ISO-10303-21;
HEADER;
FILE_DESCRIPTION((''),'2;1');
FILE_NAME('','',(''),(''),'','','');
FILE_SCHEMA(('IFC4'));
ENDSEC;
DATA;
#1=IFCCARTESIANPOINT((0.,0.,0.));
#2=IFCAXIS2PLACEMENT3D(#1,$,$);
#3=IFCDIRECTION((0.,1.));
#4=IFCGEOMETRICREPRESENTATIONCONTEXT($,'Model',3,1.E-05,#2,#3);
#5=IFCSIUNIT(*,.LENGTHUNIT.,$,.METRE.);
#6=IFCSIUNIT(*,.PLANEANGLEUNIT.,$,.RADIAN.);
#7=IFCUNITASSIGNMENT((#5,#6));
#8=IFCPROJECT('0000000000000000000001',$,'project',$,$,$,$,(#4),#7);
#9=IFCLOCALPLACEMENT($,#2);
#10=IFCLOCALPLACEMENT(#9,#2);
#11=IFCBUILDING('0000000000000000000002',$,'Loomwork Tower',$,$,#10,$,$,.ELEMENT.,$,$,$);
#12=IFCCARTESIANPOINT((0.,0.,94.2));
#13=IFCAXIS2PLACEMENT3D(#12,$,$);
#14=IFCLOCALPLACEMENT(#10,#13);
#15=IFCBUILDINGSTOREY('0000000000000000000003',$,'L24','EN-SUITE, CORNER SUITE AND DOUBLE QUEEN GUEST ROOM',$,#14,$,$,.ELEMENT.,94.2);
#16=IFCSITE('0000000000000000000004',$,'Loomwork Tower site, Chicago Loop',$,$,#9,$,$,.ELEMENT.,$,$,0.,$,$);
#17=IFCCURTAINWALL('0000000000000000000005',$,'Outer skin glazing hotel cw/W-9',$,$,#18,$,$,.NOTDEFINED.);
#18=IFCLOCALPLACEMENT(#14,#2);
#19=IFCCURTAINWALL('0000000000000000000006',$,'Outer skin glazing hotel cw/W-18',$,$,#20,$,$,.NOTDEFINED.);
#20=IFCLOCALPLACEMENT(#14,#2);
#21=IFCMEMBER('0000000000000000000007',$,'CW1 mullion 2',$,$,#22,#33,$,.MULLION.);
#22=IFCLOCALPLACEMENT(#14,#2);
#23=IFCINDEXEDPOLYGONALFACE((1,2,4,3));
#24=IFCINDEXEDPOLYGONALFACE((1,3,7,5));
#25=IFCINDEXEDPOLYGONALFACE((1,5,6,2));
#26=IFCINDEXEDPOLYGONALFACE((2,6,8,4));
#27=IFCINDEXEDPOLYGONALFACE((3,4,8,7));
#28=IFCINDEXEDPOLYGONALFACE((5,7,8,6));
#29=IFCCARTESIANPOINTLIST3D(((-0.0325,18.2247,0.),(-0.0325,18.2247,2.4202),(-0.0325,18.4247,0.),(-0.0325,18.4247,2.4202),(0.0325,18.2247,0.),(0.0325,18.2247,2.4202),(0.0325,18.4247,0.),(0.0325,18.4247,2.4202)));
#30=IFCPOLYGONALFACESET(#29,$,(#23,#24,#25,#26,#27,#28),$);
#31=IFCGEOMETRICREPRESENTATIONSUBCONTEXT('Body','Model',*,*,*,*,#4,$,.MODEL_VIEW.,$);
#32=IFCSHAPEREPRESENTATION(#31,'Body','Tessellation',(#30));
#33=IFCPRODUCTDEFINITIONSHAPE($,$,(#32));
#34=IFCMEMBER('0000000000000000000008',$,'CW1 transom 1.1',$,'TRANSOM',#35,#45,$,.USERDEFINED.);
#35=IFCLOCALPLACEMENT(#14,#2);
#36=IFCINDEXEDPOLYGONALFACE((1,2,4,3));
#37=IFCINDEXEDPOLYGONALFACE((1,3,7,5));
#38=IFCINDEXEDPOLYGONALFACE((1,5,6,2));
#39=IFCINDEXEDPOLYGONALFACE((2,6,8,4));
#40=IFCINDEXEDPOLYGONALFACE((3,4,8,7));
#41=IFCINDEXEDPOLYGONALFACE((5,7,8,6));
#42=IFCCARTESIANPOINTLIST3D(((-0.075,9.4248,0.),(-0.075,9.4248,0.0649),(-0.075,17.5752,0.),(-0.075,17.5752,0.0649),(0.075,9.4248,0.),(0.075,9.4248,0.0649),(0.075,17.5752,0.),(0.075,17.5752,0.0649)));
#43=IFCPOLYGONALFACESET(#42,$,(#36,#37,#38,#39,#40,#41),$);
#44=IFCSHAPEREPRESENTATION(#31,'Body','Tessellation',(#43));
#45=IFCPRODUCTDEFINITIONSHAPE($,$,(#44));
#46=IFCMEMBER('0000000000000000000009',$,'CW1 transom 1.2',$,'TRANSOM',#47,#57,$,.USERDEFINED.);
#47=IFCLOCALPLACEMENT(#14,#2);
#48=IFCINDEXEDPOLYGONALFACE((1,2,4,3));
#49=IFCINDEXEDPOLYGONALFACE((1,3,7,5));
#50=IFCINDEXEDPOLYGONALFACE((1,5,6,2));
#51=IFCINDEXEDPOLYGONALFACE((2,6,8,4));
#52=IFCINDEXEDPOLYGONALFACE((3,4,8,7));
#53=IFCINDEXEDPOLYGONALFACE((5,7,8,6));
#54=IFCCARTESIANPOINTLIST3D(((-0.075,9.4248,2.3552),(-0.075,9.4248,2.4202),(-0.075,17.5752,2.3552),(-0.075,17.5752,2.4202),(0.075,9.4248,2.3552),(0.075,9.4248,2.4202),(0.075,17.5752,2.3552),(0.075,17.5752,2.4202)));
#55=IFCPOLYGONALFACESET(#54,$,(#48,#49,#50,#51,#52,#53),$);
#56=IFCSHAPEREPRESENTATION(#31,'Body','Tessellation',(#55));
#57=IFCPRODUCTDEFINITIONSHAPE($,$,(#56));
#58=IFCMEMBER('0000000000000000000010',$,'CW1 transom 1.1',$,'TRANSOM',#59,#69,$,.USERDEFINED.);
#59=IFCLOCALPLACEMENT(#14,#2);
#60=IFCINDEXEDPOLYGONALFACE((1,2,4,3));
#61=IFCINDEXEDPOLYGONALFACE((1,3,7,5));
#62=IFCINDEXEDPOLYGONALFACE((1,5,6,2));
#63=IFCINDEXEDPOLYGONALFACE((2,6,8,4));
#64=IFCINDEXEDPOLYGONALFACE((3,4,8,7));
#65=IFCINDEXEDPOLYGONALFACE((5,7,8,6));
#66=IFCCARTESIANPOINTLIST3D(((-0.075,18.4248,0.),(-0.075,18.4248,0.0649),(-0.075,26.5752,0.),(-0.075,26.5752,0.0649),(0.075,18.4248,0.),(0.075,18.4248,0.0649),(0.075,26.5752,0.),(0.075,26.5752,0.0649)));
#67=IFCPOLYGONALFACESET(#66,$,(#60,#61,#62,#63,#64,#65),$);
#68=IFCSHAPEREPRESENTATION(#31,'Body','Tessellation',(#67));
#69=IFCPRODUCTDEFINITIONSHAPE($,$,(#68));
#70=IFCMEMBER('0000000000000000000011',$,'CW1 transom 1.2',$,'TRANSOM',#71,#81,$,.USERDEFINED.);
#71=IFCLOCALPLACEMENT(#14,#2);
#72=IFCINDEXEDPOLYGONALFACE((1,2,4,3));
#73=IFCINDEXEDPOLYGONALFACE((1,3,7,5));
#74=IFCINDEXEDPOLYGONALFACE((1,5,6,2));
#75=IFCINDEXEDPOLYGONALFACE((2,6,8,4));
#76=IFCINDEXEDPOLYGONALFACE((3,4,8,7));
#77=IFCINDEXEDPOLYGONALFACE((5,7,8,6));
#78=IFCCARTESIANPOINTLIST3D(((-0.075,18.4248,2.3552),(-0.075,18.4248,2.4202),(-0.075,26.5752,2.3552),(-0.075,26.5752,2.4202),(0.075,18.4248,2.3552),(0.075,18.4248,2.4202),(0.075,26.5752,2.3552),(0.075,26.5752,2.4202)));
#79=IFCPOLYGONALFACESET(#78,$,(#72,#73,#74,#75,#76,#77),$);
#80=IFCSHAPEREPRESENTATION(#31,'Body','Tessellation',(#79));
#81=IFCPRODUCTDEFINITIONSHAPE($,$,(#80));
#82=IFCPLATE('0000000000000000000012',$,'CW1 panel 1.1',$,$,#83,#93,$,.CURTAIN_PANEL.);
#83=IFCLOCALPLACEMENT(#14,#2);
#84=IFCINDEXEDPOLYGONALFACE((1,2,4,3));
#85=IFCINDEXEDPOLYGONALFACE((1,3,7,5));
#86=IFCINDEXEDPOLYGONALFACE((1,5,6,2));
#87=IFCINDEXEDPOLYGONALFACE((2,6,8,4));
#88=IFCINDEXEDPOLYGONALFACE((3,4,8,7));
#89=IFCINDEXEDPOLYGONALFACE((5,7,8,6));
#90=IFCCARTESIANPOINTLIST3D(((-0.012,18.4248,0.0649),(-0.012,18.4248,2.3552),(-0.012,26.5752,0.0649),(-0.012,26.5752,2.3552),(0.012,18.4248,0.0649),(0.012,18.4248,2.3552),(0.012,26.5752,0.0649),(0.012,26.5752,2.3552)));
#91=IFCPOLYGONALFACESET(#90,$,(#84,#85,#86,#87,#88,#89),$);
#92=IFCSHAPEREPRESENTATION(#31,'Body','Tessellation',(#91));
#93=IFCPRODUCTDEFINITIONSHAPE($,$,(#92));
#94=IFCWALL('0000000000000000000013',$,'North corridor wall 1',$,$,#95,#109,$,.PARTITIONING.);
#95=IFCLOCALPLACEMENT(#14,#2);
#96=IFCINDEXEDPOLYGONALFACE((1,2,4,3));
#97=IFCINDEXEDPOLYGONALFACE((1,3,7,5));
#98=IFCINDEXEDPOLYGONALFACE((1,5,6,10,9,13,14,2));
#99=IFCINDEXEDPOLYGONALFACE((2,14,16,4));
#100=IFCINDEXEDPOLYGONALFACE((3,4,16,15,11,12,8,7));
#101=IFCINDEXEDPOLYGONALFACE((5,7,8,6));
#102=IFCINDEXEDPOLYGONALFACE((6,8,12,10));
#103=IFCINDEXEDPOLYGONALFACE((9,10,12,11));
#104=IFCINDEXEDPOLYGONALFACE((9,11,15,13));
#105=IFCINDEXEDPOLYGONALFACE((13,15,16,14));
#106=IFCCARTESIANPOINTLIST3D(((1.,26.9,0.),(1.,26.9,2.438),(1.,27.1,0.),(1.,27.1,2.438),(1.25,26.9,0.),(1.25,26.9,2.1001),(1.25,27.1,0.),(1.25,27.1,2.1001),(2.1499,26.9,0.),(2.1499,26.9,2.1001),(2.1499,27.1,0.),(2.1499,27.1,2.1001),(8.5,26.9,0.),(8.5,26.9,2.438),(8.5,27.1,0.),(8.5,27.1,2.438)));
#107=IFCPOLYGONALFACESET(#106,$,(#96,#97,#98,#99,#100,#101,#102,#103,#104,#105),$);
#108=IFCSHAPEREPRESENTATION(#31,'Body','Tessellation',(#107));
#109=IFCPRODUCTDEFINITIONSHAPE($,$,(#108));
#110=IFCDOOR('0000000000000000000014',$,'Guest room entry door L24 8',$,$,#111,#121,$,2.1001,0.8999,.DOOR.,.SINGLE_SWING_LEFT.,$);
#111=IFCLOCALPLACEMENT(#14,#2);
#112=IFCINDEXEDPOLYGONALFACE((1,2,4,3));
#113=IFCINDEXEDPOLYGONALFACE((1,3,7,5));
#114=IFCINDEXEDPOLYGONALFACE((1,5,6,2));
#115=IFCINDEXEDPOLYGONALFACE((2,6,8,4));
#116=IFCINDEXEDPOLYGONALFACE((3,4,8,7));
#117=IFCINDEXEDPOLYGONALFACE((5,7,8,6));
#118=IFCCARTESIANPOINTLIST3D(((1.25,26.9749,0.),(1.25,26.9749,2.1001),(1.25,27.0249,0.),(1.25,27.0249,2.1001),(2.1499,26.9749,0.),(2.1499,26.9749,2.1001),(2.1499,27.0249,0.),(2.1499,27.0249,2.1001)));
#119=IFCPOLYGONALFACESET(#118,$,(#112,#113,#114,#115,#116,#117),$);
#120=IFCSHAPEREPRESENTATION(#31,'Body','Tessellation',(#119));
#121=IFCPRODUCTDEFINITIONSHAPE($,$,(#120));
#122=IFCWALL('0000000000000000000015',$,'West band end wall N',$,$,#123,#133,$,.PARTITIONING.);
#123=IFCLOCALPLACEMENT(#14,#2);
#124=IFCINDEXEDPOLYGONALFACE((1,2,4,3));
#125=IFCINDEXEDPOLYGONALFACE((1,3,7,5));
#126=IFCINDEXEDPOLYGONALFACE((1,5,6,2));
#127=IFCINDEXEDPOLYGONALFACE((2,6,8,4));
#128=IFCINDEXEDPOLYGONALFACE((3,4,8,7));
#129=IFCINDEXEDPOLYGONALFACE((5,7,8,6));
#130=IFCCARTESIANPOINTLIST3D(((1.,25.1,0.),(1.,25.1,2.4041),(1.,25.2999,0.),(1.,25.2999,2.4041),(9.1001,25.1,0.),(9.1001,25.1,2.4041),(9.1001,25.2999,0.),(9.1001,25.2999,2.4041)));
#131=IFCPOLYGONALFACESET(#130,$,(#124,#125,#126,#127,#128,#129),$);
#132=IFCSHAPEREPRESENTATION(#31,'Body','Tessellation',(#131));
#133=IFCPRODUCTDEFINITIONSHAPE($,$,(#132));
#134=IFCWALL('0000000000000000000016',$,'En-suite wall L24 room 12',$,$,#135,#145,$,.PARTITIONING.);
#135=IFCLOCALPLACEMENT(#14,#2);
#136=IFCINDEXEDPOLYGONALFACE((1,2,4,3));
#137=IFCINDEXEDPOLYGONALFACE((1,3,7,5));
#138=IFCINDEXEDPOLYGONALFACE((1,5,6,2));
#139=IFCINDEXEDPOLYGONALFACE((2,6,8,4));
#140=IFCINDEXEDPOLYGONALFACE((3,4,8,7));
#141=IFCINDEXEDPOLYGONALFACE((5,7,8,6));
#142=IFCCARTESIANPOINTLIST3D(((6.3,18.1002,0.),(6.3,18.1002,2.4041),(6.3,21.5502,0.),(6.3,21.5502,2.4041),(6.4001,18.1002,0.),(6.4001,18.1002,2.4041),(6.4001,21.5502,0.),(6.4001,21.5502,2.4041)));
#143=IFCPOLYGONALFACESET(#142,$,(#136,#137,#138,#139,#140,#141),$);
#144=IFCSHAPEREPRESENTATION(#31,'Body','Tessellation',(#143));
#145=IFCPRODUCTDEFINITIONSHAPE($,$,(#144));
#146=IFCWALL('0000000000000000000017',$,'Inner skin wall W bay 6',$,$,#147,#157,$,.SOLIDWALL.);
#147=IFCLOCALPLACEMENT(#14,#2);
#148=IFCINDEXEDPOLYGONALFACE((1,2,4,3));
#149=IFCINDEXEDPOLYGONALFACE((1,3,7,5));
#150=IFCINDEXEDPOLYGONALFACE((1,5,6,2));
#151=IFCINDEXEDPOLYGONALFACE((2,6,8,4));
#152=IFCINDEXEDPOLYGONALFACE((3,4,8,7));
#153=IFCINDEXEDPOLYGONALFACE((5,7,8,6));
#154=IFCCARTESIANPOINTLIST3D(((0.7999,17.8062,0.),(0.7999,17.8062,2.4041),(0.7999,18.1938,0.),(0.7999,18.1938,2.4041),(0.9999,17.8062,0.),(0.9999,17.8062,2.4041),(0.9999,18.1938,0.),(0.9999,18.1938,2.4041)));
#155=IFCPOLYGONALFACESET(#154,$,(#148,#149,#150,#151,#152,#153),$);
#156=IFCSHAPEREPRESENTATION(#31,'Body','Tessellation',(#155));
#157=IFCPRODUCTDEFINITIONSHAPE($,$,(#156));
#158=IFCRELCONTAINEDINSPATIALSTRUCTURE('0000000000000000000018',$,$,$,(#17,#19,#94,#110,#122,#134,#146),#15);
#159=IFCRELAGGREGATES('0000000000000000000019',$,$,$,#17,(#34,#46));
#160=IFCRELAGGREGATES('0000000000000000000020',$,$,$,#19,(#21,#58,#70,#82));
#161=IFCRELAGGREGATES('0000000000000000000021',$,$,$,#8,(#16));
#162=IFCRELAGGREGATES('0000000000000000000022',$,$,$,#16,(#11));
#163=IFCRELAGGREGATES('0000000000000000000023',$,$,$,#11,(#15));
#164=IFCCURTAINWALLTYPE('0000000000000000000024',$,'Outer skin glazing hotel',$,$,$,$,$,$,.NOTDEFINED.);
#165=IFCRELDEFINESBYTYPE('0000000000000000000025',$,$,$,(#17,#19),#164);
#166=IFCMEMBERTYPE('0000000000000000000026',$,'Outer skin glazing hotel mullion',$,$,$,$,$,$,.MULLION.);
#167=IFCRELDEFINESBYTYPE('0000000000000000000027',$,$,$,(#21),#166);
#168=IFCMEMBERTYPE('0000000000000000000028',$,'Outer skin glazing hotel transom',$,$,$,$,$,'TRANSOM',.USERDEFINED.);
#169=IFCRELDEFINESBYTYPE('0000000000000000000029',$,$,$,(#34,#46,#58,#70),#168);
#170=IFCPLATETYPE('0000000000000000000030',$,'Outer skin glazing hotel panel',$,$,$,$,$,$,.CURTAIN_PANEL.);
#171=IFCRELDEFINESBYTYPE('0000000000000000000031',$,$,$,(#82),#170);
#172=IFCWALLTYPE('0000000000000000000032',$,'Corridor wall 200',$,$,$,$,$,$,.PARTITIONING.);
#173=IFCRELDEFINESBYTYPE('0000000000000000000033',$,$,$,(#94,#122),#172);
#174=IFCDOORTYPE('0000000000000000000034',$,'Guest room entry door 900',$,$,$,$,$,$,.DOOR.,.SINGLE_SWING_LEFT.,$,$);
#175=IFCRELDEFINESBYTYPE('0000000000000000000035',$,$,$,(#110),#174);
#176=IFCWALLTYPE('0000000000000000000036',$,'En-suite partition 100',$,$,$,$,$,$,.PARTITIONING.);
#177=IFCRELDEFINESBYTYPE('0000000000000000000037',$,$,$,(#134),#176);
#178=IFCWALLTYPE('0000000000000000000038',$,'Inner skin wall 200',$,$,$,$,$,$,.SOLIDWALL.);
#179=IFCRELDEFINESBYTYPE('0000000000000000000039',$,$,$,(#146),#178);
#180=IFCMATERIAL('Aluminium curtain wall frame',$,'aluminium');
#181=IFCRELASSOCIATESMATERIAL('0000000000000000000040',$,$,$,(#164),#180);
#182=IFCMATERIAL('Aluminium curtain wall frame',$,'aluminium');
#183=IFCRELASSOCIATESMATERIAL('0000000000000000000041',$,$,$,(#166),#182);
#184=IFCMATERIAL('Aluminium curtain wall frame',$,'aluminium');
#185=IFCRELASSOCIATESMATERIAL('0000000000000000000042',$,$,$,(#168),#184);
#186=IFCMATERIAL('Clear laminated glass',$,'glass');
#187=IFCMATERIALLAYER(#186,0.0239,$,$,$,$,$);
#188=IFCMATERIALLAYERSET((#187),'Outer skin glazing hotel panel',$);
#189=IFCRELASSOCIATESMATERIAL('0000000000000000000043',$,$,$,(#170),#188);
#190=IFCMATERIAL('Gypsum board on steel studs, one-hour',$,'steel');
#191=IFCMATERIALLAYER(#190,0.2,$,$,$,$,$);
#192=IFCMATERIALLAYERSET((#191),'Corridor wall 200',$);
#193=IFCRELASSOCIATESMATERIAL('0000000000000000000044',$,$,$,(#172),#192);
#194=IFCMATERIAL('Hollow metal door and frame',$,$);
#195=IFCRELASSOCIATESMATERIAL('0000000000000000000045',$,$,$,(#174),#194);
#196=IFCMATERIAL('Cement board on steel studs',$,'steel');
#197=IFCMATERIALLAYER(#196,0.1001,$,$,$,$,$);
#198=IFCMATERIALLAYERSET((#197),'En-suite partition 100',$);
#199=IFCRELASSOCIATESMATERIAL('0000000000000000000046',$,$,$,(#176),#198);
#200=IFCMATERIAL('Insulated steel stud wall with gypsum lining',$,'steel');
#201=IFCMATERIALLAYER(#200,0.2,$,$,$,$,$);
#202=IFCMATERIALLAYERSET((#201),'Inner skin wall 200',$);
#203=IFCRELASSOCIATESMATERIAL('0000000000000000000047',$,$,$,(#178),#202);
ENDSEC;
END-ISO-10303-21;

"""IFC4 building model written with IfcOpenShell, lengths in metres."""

from ifc_helpers import new_model, si_unit, direction, frame, frame_2d, origin, origin_2d, place, context, subcontext, project, spatial, rectangle, extrude, material, layer, layer_set, material_profile, profile_set, type_object, element, fill, aggregate, save


model = new_model("IFC4")

# Units and contexts
model_context = context("Model", 3, precision=1e-05, world=origin(), true_north=direction((0.0, 1.0)))
body_context = subcontext(model_context, "Body", "Model", "MODEL_VIEW")
ifc_project = project(units=[si_unit("LENGTHUNIT", "METRE"), si_unit("PLANEANGLEUNIT", "RADIAN")], contexts=[model_context])

# Site, building, storey
site_placement = place(None, origin())
site = spatial("IfcSite", under=ifc_project, at=site_placement, Name="Loomwork Tower site, Chicago Loop", CompositionType="ELEMENT", RefElevation=0.0)
building_placement = place(site_placement, origin())
building = spatial("IfcBuilding", under=site, at=building_placement, Name="Loomwork Tower", CompositionType="ELEMENT")
storey_placement = place(building_placement, frame((0.0, 0.0, 94.2)))
storey = spatial("IfcBuildingStorey", under=building, at=storey_placement, Name="L24", Description="EN-SUITE, CORNER SUITE AND DOUBLE QUEEN GUEST ROOM", CompositionType="ELEMENT", Elevation=94.2)

# Curtain wall
ifc_material_1 = material(Name="Aluminium curtain wall frame", Category="aluminium")
curtain_wall_type = type_object("IfcCurtainWallType", Name="Outer skin glazing hotel", PredefinedType="NOTDEFINED", material=ifc_material_1)
curtain_wall_1_placement = place(storey_placement, origin())
curtain_wall_1 = element("IfcCurtainWall", 1, at=curtain_wall_1_placement, inside=storey, type_object=curtain_wall_type, Name="Outer skin glazing hotel cw/W-9", PredefinedType="NOTDEFINED")
ifc_material_2 = material(Name="Aluminium curtain wall frame", Category="aluminium")
ifc_material_profile_1 = material_profile(ifc_material_2, rectangle(XDim=0.0649, YDim=0.2, at=origin_2d()), Name="AL 65x200")
ifc_profile_set_1 = profile_set([ifc_material_profile_1], Name="Aluminium curtain wall frame")
member_type_1 = type_object("IfcMemberType", Name="Outer skin glazing hotel mullion", PredefinedType="MULLION", material=ifc_profile_set_1)

# Curtain wall, member
curtain_wall_2_placement = place(storey_placement, origin())
curtain_wall_2 = element("IfcCurtainWall", 2, at=curtain_wall_2_placement, inside=storey, type_object=curtain_wall_type, Name="Outer skin glazing hotel cw/W-18", PredefinedType="NOTDEFINED")
member_1_placement = place(storey_placement, frame((0.0, 18.3247, 0.0), z_axis=(0.0, 0.0, 1.0), x_axis=(1.0, 0.0, 0.0)))
member_1 = element("IfcMember", 3, at=member_1_placement, type_object=member_type_1, Name="CW1 mullion 2", PredefinedType="MULLION", context=body_context, shape_type="SweptSolid", body=[
    extrude(rectangle(XDim=0.0649, YDim=0.2, at=origin_2d()), origin(), (0.0, 0.0, 1.0), 2.4202),
])

# Members
ifc_material_3 = material(Name="Aluminium curtain wall frame", Category="aluminium")
ifc_material_profile_2 = material_profile(ifc_material_3, rectangle(XDim=0.1499, YDim=0.0649, at=origin_2d()), Name="AL 65x150")
ifc_profile_set_2 = profile_set([ifc_material_profile_2], Name="Aluminium curtain wall frame")
member_type_2 = type_object("IfcMemberType", Name="Outer skin glazing hotel transom", ElementType="TRANSOM", PredefinedType="USERDEFINED", material=ifc_profile_set_2)
member_2_placement = place(storey_placement, frame((0.0, 17.5752, 0.0325), z_axis=(0.0, -1.0, 0.0), x_axis=(1.0, 0.0, 0.0)))
member_2 = element("IfcMember", 4, at=member_2_placement, type_object=member_type_2, Name="CW1 transom 1.1", ObjectType="TRANSOM", PredefinedType="USERDEFINED", context=body_context, shape_type="SweptSolid", body=[
    extrude(rectangle(XDim=0.1499, YDim=0.0649, at=origin_2d()), origin(), (0.0, 0.0, 1.0), 8.1504),
])
member_3_placement = place(storey_placement, frame((0.0, 17.5752, 2.3877), z_axis=(0.0, -1.0, 0.0), x_axis=(1.0, 0.0, 0.0)))
member_3 = element("IfcMember", 5, at=member_3_placement, type_object=member_type_2, Name="CW1 transom 1.2", ObjectType="TRANSOM", PredefinedType="USERDEFINED", context=body_context, shape_type="SweptSolid", body=[
    extrude(rectangle(XDim=0.1499, YDim=0.0649, at=origin_2d()), origin(), (0.0, 0.0, 1.0), 8.1504),
])
aggregate(curtain_wall_1, [member_2, member_3])
member_4_placement = place(storey_placement, frame((0.0, 26.5752, 0.0325), z_axis=(0.0, -1.0, 0.0), x_axis=(1.0, 0.0, 0.0)))
member_4 = element("IfcMember", 6, at=member_4_placement, type_object=member_type_2, Name="CW1 transom 1.1", ObjectType="TRANSOM", PredefinedType="USERDEFINED", context=body_context, shape_type="SweptSolid", body=[
    extrude(rectangle(XDim=0.1499, YDim=0.0649, at=origin_2d()), origin(), (0.0, 0.0, 1.0), 8.1504),
])
member_5_placement = place(storey_placement, frame((0.0, 26.5752, 2.3877), z_axis=(0.0, -1.0, 0.0), x_axis=(1.0, 0.0, 0.0)))
member_5 = element("IfcMember", 7, at=member_5_placement, type_object=member_type_2, Name="CW1 transom 1.2", ObjectType="TRANSOM", PredefinedType="USERDEFINED", context=body_context, shape_type="SweptSolid", body=[
    extrude(rectangle(XDim=0.1499, YDim=0.0649, at=origin_2d()), origin(), (0.0, 0.0, 1.0), 8.1504),
])

# Plate
ifc_material_4 = material(Name="Clear laminated glass", Category="glass")
ifc_layer_1 = layer(ifc_material_4, 0.0239)
ifc_layer_set_1 = layer_set([ifc_layer_1], Name="Outer skin glazing hotel panel")
plate_type = type_object("IfcPlateType", Name="Outer skin glazing hotel panel", PredefinedType="CURTAIN_PANEL", material=ifc_layer_set_1)
plate_placement = place(storey_placement, frame((0.0, 22.5, 0.0649), z_axis=(0.0, 0.0, 1.0), x_axis=(0.0, -1.0, 0.0)))
plate = element("IfcPlate", 8, at=plate_placement, type_object=plate_type, Name="CW1 panel 1.1", PredefinedType="CURTAIN_PANEL", context=body_context, shape_type="SweptSolid", body=[
    extrude(rectangle(XDim=8.1504, YDim=0.0239, at=origin_2d()), origin(), (0.0, 0.0, 1.0), 2.2903),
])
aggregate(curtain_wall_2, [member_1, member_4, member_5, plate])

# Wall, opening, door
ifc_material_5 = material(Name="Gypsum board on steel studs, one-hour", Category="steel")
ifc_layer_2 = layer(ifc_material_5, 0.2)
ifc_layer_set_2 = layer_set([ifc_layer_2], Name="Corridor wall 200")
wall_type_1 = type_object("IfcWallType", Name="Corridor wall 200", PredefinedType="PARTITIONING", material=ifc_layer_set_2)
wall_1_placement = place(storey_placement, frame((1.0, 27.0, 0.0), z_axis=(0.0, 0.0, 1.0), x_axis=(1.0, 0.0, 0.0)))
wall_1 = element("IfcWall", 9, at=wall_1_placement, inside=storey, type_object=wall_type_1, Name="North corridor wall 1", PredefinedType="PARTITIONING", context=body_context, shape_type="SweptSolid", body=[
    extrude(rectangle(XDim=7.5, YDim=0.2, at=frame_2d((3.75, 0.0))), origin(), (0.0, 0.0, 1.0), 2.438),
])
opening_1_placement = place(wall_1_placement, frame((0.25, 0.0, 0.0)))
opening_1 = element("IfcOpeningElement", 10, at=opening_1_placement, cuts=wall_1, PredefinedType="OPENING", context=body_context, shape_type="SweptSolid", body=[
    extrude(rectangle(XDim=0.8999, YDim=2.1001, at=frame_2d((0.45, 1.05))), frame((0.0, 0.1099, 0.0), z_axis=(0.0, -1.0, 0.0), x_axis=(1.0, 0.0, 0.0)), (0.0, 0.0, 1.0), 0.22),
])
ifc_material_6 = material(Name="Hollow metal door and frame")
door_type = type_object("IfcDoorType", Name="Guest room entry door 900", OperationType="SINGLE_SWING_LEFT", PredefinedType="DOOR", material=ifc_material_6)
door_placement = place(opening_1_placement, origin())
door = element("IfcDoor", 11, at=door_placement, inside=storey, type_object=door_type, Name="Guest room entry door L24 8", OperationType="SINGLE_SWING_LEFT", OverallHeight=2.1001, OverallWidth=0.8999, PredefinedType="DOOR", context=body_context, shape_type="SweptSolid", body=[
    extrude(rectangle(XDim=0.8999, YDim=2.1001, at=frame_2d((0.45, 1.05))), frame((0.0, 0.0249, 0.0), z_axis=(0.0, -1.0, 0.0), x_axis=(1.0, 0.0, 0.0)), (0.0, 0.0, 1.0), 0.05),
])
fill(opening_1, door)

# Walls
wall_2_placement = place(storey_placement, frame((1.0, 25.2, 0.0), z_axis=(0.0, 0.0, 1.0), x_axis=(1.0, 0.0, 0.0)))
element("IfcWall", 12, at=wall_2_placement, inside=storey, type_object=wall_type_1, Name="West band end wall N", PredefinedType="PARTITIONING", context=body_context, shape_type="SweptSolid", body=[
    extrude(rectangle(XDim=8.1001, YDim=0.2, at=frame_2d((4.05, 0.0))), origin(), (0.0, 0.0, 1.0), 2.4041),
])
ifc_material_7 = material(Name="Cement board on steel studs", Category="steel")
ifc_layer_3 = layer(ifc_material_7, 0.1001)
ifc_layer_set_3 = layer_set([ifc_layer_3], Name="En-suite partition 100")
wall_type_2 = type_object("IfcWallType", Name="En-suite partition 100", PredefinedType="PARTITIONING", material=ifc_layer_set_3)
wall_3_placement = place(storey_placement, frame((6.3501, 18.1001, 0.0), z_axis=(0.0, 0.0, 1.0), x_axis=(0.0, 1.0, 0.0)))
element("IfcWall", 13, at=wall_3_placement, inside=storey, type_object=wall_type_2, Name="En-suite wall L24 room 12", PredefinedType="PARTITIONING", context=body_context, shape_type="SweptSolid", body=[
    extrude(rectangle(XDim=3.45, YDim=0.1001, at=frame_2d((1.7251, 0.0))), origin(), (0.0, 0.0, 1.0), 2.4041),
])
ifc_material_8 = material(Name="Insulated steel stud wall with gypsum lining", Category="steel")
ifc_layer_4 = layer(ifc_material_8, 0.2)
ifc_layer_set_4 = layer_set([ifc_layer_4], Name="Inner skin wall 200")
wall_type_3 = type_object("IfcWallType", Name="Inner skin wall 200", PredefinedType="SOLIDWALL", material=ifc_layer_set_4)
wall_4_placement = place(storey_placement, frame((0.8999, 17.8062, 0.0), z_axis=(0.0, 0.0, 1.0), x_axis=(0.0, 1.0, 0.0)))
element("IfcWall", 14, at=wall_4_placement, inside=storey, type_object=wall_type_3, Name="Inner skin wall W bay 6", PredefinedType="SOLIDWALL", context=body_context, shape_type="SweptSolid", body=[
    extrude(rectangle(XDim=0.3877, YDim=0.2, at=frame_2d((0.1938, 0.0))), origin(), (0.0, 0.0, 1.0), 2.4041),
])

save(model, "model.ifc")
